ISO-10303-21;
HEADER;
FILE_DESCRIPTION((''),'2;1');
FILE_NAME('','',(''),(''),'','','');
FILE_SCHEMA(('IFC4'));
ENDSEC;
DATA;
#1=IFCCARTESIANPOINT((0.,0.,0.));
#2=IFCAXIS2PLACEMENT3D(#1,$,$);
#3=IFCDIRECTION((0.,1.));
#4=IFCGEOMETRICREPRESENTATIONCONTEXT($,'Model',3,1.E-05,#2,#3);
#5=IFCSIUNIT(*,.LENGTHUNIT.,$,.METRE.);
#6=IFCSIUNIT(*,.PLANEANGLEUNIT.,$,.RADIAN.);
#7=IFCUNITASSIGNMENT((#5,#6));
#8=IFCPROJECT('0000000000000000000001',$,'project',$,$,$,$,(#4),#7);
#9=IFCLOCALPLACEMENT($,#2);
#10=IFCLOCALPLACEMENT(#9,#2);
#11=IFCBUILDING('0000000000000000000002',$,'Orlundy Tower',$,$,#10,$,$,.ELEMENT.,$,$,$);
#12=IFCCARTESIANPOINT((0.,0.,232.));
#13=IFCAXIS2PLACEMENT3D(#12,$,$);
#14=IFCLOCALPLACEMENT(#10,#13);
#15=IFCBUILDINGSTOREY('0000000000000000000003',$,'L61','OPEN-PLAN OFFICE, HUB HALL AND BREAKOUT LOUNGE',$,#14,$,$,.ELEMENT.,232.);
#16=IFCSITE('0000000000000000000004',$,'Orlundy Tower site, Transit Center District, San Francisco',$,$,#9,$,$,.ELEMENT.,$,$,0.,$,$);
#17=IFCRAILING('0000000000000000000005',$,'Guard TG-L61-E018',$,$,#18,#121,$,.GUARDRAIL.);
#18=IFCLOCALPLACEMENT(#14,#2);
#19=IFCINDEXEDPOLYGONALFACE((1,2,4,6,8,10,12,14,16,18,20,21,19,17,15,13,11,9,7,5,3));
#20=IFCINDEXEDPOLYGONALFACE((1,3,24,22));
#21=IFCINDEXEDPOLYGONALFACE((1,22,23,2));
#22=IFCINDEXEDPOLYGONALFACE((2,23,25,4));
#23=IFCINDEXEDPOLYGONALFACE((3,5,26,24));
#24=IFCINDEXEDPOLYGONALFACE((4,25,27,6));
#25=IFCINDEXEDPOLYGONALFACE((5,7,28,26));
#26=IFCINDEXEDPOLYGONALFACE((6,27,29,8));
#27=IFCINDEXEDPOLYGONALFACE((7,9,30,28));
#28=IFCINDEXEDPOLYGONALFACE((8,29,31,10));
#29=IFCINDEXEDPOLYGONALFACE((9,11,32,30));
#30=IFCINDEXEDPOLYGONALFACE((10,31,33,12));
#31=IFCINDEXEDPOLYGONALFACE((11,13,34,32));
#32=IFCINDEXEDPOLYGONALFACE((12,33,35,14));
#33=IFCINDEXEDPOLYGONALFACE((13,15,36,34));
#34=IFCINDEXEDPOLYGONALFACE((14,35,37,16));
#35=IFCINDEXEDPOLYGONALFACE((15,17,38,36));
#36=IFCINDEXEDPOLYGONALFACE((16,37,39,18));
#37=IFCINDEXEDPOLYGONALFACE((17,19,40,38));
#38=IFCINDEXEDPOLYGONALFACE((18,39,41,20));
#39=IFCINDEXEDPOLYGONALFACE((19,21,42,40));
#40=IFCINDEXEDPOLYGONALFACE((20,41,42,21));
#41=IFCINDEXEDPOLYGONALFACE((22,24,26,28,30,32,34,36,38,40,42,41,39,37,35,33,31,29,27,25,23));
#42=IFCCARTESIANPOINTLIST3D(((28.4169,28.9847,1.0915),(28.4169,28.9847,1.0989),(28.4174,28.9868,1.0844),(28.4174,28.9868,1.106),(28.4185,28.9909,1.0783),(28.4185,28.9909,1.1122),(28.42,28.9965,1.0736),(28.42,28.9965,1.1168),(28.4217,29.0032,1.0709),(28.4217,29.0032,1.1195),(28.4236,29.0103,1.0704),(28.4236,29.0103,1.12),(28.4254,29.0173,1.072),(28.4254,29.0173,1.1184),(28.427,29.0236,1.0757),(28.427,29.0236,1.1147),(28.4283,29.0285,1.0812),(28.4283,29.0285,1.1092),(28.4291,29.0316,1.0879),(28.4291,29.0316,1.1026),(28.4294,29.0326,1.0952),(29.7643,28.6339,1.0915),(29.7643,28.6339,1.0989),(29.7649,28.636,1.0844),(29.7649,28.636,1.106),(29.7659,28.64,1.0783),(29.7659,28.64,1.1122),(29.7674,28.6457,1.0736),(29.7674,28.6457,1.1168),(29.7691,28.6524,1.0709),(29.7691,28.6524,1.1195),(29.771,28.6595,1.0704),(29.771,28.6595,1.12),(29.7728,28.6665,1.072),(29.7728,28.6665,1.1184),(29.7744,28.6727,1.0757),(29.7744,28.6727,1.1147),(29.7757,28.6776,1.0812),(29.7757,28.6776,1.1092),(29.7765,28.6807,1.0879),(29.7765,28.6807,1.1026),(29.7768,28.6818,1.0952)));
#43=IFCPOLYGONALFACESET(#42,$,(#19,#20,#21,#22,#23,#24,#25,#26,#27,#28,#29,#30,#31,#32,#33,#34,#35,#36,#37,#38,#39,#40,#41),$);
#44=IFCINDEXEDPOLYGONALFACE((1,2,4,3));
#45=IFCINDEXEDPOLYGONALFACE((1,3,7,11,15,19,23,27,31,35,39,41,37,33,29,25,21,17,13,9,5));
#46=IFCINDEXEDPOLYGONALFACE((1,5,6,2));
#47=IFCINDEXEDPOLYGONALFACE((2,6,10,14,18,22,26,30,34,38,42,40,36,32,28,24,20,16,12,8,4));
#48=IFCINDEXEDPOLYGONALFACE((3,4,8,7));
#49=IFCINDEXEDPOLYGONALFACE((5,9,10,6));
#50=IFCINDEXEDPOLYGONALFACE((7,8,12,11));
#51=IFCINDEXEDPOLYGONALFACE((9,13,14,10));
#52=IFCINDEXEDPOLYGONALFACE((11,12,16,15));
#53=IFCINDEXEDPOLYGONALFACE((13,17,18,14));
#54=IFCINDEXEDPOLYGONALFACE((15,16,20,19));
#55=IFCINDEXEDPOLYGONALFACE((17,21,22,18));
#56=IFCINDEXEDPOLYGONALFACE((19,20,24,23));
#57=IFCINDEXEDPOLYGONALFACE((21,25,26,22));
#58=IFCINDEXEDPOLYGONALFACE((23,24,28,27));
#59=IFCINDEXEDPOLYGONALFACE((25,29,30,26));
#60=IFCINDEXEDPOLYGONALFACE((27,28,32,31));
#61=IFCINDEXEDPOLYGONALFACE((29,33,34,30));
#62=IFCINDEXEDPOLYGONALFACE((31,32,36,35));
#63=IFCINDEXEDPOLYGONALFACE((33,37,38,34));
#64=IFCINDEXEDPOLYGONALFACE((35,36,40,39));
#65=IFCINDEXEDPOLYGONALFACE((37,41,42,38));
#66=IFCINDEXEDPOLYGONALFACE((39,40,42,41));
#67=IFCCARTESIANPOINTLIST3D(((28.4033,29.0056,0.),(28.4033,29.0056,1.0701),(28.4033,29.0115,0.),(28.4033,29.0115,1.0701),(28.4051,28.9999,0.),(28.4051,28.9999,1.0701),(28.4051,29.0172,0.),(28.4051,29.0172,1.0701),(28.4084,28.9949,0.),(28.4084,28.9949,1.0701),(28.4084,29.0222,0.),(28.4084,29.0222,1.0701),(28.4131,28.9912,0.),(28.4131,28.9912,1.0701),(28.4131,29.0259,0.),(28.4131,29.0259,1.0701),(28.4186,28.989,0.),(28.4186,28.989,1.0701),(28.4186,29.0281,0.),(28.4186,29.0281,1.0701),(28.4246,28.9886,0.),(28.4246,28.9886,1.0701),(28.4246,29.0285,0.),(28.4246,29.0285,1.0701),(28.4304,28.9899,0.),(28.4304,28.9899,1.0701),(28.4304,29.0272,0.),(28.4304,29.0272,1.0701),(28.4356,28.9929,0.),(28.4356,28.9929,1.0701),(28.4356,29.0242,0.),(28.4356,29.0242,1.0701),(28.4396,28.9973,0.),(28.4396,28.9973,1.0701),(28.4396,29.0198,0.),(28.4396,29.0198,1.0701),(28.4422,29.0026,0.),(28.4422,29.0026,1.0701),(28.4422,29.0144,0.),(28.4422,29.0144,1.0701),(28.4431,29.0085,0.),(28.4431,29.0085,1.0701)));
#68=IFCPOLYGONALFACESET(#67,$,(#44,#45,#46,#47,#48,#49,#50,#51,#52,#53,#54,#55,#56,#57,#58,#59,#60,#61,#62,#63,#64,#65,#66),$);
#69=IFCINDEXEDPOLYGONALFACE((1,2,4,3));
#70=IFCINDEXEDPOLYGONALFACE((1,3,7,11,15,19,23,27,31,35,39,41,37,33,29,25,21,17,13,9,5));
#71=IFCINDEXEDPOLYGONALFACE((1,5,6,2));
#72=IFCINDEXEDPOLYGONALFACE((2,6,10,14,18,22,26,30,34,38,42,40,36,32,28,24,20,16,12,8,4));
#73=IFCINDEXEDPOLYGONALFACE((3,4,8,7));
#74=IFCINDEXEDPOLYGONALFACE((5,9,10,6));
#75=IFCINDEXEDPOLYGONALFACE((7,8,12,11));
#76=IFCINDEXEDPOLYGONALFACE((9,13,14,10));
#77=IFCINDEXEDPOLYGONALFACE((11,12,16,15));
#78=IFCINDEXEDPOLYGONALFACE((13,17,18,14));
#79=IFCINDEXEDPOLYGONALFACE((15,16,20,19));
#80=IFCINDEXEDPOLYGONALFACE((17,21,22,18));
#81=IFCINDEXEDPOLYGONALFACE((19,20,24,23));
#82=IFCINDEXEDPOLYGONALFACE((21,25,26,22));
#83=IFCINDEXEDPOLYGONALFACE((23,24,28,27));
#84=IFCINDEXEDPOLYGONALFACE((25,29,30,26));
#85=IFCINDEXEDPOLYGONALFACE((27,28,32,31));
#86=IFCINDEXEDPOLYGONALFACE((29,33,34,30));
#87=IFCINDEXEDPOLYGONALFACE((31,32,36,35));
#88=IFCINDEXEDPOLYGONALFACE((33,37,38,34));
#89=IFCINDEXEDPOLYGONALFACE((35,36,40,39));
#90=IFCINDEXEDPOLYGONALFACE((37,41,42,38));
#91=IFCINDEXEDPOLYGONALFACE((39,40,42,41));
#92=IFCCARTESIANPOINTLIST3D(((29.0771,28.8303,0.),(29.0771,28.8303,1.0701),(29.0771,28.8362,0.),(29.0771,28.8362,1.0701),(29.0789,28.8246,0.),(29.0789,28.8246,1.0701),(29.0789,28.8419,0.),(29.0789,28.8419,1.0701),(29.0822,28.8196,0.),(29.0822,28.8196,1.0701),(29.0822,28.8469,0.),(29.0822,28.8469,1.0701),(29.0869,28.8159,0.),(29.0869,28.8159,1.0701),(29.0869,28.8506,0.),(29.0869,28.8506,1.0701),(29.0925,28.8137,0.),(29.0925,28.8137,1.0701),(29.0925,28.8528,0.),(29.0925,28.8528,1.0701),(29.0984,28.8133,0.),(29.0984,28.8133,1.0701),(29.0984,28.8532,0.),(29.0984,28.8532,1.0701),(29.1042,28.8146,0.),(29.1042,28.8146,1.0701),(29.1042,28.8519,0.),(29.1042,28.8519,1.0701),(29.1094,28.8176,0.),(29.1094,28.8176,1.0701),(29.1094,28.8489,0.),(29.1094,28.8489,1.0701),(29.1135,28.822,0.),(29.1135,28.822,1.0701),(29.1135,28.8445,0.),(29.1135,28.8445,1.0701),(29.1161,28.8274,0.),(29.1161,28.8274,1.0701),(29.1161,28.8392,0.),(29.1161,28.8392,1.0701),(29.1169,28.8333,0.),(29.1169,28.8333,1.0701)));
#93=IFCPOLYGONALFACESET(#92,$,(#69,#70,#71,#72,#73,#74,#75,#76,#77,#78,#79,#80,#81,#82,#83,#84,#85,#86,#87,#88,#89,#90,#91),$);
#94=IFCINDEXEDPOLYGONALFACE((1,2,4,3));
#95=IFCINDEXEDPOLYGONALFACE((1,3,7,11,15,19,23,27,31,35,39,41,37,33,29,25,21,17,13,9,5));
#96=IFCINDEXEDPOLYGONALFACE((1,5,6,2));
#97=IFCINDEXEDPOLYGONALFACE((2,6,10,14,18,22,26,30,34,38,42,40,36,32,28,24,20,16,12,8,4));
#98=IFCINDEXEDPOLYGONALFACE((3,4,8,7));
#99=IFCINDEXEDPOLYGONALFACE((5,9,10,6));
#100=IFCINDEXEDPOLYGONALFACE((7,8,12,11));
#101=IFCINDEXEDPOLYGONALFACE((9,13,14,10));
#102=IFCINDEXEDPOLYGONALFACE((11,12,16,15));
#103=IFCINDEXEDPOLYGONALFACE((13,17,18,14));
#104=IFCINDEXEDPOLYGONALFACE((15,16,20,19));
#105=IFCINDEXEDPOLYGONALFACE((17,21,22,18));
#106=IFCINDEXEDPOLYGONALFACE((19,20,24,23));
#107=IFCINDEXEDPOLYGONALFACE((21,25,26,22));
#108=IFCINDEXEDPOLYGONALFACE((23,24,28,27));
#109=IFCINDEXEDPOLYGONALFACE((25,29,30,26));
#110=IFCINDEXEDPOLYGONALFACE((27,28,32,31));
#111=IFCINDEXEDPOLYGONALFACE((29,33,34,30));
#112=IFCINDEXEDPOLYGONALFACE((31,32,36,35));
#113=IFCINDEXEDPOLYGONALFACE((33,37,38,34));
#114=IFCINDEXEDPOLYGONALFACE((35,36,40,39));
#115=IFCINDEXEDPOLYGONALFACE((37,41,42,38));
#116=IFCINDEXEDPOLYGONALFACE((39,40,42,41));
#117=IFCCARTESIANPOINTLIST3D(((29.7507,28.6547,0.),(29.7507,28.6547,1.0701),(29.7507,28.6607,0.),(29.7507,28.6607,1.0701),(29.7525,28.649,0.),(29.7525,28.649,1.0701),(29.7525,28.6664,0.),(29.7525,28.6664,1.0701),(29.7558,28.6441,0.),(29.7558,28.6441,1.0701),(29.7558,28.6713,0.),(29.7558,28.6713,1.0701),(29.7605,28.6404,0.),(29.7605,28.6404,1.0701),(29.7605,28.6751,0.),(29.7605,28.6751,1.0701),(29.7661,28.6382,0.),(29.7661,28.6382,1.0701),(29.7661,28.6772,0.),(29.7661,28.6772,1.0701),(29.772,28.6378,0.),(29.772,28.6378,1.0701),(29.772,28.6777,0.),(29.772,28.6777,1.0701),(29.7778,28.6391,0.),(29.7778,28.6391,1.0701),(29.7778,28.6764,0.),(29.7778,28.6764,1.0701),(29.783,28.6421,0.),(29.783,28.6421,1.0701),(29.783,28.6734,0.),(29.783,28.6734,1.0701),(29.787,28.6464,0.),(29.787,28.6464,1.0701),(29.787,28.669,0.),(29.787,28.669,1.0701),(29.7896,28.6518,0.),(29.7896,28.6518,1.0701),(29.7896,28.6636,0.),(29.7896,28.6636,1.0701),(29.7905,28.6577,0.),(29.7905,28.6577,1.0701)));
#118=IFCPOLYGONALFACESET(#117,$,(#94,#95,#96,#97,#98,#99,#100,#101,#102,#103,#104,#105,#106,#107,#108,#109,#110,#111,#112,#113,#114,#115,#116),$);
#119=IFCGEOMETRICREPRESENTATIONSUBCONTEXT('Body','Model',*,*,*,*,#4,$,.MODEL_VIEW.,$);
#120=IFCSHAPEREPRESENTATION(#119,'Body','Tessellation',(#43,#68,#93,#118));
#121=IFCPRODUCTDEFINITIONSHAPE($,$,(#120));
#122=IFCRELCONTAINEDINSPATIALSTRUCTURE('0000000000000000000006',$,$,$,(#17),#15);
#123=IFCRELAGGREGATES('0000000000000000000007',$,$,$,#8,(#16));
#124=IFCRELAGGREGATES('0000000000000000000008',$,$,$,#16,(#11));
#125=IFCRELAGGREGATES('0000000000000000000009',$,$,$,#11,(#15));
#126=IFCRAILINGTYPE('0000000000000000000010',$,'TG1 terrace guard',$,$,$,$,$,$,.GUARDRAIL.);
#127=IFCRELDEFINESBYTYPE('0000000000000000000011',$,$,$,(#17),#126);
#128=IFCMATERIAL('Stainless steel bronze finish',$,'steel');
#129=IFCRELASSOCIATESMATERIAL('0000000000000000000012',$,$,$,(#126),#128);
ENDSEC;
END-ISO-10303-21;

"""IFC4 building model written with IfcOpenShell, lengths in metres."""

from ifc_helpers import new_model, si_unit, direction, frame, origin, origin_2d, place, context, subcontext, project, spatial, circle, extrude, material, type_object, element, save


model = new_model("IFC4")

# Units and contexts
model_context = context("Model", 3, precision=1e-05, world=origin(), true_north=direction((0.0, 1.0)))
body_context = subcontext(model_context, "Body", "Model", "MODEL_VIEW")
ifc_project = project(units=[si_unit("LENGTHUNIT", "METRE"), si_unit("PLANEANGLEUNIT", "RADIAN")], contexts=[model_context])

# Site, building, storey
site_placement = place(None, origin())
site = spatial("IfcSite", under=ifc_project, at=site_placement, Name="Orlundy Tower site, Transit Center District, San Francisco", CompositionType="ELEMENT", RefElevation=0.0)
building_placement = place(site_placement, origin())
building = spatial("IfcBuilding", under=site, at=building_placement, Name="Orlundy Tower", CompositionType="ELEMENT")
storey_placement = place(building_placement, frame((0.0, 0.0, 232.0)))
storey = spatial("IfcBuildingStorey", under=building, at=storey_placement, Name="L61", Description="OPEN-PLAN OFFICE, HUB HALL AND BREAKOUT LOUNGE", CompositionType="ELEMENT", Elevation=232.0)

# Railing
ifc_material_1 = material(Name="Stainless steel bronze finish", Category="steel")
railing_type = type_object("IfcRailingType", Name="TG1 terrace guard", PredefinedType="GUARDRAIL", material=ifc_material_1)
railing_1_placement = place(storey_placement, frame((28.4231, 29.0085, 0.0)))
element("IfcRailing", 1, at=railing_1_placement, inside=storey, type_object=railing_type, Name="Guard TG-L61-E018", PredefinedType="GUARDRAIL", context=body_context, shape_type="SweptSolid", body=[
    extrude(circle(Radius=0.0249, at=origin_2d()), frame((0.0, 0.0, 1.0952), z_axis=(0.967734, -0.251972, 0.0), x_axis=(0.251972, 0.967734, 0.0)), (0.0, 0.0, 1.0), 1.3923),
    extrude(circle(Radius=0.02, at=origin_2d()), origin(), (0.0, 0.0, 1.0), 1.0701),
    extrude(circle(Radius=0.02, at=origin_2d()), frame((0.6738, -0.1753, 0.0)), (0.0, 0.0, 1.0), 1.0701),
    extrude(circle(Radius=0.02, at=origin_2d()), frame((1.3474, -0.3508, 0.0)), (0.0, 0.0, 1.0), 1.0701),
])

save(model, "model.ifc")
